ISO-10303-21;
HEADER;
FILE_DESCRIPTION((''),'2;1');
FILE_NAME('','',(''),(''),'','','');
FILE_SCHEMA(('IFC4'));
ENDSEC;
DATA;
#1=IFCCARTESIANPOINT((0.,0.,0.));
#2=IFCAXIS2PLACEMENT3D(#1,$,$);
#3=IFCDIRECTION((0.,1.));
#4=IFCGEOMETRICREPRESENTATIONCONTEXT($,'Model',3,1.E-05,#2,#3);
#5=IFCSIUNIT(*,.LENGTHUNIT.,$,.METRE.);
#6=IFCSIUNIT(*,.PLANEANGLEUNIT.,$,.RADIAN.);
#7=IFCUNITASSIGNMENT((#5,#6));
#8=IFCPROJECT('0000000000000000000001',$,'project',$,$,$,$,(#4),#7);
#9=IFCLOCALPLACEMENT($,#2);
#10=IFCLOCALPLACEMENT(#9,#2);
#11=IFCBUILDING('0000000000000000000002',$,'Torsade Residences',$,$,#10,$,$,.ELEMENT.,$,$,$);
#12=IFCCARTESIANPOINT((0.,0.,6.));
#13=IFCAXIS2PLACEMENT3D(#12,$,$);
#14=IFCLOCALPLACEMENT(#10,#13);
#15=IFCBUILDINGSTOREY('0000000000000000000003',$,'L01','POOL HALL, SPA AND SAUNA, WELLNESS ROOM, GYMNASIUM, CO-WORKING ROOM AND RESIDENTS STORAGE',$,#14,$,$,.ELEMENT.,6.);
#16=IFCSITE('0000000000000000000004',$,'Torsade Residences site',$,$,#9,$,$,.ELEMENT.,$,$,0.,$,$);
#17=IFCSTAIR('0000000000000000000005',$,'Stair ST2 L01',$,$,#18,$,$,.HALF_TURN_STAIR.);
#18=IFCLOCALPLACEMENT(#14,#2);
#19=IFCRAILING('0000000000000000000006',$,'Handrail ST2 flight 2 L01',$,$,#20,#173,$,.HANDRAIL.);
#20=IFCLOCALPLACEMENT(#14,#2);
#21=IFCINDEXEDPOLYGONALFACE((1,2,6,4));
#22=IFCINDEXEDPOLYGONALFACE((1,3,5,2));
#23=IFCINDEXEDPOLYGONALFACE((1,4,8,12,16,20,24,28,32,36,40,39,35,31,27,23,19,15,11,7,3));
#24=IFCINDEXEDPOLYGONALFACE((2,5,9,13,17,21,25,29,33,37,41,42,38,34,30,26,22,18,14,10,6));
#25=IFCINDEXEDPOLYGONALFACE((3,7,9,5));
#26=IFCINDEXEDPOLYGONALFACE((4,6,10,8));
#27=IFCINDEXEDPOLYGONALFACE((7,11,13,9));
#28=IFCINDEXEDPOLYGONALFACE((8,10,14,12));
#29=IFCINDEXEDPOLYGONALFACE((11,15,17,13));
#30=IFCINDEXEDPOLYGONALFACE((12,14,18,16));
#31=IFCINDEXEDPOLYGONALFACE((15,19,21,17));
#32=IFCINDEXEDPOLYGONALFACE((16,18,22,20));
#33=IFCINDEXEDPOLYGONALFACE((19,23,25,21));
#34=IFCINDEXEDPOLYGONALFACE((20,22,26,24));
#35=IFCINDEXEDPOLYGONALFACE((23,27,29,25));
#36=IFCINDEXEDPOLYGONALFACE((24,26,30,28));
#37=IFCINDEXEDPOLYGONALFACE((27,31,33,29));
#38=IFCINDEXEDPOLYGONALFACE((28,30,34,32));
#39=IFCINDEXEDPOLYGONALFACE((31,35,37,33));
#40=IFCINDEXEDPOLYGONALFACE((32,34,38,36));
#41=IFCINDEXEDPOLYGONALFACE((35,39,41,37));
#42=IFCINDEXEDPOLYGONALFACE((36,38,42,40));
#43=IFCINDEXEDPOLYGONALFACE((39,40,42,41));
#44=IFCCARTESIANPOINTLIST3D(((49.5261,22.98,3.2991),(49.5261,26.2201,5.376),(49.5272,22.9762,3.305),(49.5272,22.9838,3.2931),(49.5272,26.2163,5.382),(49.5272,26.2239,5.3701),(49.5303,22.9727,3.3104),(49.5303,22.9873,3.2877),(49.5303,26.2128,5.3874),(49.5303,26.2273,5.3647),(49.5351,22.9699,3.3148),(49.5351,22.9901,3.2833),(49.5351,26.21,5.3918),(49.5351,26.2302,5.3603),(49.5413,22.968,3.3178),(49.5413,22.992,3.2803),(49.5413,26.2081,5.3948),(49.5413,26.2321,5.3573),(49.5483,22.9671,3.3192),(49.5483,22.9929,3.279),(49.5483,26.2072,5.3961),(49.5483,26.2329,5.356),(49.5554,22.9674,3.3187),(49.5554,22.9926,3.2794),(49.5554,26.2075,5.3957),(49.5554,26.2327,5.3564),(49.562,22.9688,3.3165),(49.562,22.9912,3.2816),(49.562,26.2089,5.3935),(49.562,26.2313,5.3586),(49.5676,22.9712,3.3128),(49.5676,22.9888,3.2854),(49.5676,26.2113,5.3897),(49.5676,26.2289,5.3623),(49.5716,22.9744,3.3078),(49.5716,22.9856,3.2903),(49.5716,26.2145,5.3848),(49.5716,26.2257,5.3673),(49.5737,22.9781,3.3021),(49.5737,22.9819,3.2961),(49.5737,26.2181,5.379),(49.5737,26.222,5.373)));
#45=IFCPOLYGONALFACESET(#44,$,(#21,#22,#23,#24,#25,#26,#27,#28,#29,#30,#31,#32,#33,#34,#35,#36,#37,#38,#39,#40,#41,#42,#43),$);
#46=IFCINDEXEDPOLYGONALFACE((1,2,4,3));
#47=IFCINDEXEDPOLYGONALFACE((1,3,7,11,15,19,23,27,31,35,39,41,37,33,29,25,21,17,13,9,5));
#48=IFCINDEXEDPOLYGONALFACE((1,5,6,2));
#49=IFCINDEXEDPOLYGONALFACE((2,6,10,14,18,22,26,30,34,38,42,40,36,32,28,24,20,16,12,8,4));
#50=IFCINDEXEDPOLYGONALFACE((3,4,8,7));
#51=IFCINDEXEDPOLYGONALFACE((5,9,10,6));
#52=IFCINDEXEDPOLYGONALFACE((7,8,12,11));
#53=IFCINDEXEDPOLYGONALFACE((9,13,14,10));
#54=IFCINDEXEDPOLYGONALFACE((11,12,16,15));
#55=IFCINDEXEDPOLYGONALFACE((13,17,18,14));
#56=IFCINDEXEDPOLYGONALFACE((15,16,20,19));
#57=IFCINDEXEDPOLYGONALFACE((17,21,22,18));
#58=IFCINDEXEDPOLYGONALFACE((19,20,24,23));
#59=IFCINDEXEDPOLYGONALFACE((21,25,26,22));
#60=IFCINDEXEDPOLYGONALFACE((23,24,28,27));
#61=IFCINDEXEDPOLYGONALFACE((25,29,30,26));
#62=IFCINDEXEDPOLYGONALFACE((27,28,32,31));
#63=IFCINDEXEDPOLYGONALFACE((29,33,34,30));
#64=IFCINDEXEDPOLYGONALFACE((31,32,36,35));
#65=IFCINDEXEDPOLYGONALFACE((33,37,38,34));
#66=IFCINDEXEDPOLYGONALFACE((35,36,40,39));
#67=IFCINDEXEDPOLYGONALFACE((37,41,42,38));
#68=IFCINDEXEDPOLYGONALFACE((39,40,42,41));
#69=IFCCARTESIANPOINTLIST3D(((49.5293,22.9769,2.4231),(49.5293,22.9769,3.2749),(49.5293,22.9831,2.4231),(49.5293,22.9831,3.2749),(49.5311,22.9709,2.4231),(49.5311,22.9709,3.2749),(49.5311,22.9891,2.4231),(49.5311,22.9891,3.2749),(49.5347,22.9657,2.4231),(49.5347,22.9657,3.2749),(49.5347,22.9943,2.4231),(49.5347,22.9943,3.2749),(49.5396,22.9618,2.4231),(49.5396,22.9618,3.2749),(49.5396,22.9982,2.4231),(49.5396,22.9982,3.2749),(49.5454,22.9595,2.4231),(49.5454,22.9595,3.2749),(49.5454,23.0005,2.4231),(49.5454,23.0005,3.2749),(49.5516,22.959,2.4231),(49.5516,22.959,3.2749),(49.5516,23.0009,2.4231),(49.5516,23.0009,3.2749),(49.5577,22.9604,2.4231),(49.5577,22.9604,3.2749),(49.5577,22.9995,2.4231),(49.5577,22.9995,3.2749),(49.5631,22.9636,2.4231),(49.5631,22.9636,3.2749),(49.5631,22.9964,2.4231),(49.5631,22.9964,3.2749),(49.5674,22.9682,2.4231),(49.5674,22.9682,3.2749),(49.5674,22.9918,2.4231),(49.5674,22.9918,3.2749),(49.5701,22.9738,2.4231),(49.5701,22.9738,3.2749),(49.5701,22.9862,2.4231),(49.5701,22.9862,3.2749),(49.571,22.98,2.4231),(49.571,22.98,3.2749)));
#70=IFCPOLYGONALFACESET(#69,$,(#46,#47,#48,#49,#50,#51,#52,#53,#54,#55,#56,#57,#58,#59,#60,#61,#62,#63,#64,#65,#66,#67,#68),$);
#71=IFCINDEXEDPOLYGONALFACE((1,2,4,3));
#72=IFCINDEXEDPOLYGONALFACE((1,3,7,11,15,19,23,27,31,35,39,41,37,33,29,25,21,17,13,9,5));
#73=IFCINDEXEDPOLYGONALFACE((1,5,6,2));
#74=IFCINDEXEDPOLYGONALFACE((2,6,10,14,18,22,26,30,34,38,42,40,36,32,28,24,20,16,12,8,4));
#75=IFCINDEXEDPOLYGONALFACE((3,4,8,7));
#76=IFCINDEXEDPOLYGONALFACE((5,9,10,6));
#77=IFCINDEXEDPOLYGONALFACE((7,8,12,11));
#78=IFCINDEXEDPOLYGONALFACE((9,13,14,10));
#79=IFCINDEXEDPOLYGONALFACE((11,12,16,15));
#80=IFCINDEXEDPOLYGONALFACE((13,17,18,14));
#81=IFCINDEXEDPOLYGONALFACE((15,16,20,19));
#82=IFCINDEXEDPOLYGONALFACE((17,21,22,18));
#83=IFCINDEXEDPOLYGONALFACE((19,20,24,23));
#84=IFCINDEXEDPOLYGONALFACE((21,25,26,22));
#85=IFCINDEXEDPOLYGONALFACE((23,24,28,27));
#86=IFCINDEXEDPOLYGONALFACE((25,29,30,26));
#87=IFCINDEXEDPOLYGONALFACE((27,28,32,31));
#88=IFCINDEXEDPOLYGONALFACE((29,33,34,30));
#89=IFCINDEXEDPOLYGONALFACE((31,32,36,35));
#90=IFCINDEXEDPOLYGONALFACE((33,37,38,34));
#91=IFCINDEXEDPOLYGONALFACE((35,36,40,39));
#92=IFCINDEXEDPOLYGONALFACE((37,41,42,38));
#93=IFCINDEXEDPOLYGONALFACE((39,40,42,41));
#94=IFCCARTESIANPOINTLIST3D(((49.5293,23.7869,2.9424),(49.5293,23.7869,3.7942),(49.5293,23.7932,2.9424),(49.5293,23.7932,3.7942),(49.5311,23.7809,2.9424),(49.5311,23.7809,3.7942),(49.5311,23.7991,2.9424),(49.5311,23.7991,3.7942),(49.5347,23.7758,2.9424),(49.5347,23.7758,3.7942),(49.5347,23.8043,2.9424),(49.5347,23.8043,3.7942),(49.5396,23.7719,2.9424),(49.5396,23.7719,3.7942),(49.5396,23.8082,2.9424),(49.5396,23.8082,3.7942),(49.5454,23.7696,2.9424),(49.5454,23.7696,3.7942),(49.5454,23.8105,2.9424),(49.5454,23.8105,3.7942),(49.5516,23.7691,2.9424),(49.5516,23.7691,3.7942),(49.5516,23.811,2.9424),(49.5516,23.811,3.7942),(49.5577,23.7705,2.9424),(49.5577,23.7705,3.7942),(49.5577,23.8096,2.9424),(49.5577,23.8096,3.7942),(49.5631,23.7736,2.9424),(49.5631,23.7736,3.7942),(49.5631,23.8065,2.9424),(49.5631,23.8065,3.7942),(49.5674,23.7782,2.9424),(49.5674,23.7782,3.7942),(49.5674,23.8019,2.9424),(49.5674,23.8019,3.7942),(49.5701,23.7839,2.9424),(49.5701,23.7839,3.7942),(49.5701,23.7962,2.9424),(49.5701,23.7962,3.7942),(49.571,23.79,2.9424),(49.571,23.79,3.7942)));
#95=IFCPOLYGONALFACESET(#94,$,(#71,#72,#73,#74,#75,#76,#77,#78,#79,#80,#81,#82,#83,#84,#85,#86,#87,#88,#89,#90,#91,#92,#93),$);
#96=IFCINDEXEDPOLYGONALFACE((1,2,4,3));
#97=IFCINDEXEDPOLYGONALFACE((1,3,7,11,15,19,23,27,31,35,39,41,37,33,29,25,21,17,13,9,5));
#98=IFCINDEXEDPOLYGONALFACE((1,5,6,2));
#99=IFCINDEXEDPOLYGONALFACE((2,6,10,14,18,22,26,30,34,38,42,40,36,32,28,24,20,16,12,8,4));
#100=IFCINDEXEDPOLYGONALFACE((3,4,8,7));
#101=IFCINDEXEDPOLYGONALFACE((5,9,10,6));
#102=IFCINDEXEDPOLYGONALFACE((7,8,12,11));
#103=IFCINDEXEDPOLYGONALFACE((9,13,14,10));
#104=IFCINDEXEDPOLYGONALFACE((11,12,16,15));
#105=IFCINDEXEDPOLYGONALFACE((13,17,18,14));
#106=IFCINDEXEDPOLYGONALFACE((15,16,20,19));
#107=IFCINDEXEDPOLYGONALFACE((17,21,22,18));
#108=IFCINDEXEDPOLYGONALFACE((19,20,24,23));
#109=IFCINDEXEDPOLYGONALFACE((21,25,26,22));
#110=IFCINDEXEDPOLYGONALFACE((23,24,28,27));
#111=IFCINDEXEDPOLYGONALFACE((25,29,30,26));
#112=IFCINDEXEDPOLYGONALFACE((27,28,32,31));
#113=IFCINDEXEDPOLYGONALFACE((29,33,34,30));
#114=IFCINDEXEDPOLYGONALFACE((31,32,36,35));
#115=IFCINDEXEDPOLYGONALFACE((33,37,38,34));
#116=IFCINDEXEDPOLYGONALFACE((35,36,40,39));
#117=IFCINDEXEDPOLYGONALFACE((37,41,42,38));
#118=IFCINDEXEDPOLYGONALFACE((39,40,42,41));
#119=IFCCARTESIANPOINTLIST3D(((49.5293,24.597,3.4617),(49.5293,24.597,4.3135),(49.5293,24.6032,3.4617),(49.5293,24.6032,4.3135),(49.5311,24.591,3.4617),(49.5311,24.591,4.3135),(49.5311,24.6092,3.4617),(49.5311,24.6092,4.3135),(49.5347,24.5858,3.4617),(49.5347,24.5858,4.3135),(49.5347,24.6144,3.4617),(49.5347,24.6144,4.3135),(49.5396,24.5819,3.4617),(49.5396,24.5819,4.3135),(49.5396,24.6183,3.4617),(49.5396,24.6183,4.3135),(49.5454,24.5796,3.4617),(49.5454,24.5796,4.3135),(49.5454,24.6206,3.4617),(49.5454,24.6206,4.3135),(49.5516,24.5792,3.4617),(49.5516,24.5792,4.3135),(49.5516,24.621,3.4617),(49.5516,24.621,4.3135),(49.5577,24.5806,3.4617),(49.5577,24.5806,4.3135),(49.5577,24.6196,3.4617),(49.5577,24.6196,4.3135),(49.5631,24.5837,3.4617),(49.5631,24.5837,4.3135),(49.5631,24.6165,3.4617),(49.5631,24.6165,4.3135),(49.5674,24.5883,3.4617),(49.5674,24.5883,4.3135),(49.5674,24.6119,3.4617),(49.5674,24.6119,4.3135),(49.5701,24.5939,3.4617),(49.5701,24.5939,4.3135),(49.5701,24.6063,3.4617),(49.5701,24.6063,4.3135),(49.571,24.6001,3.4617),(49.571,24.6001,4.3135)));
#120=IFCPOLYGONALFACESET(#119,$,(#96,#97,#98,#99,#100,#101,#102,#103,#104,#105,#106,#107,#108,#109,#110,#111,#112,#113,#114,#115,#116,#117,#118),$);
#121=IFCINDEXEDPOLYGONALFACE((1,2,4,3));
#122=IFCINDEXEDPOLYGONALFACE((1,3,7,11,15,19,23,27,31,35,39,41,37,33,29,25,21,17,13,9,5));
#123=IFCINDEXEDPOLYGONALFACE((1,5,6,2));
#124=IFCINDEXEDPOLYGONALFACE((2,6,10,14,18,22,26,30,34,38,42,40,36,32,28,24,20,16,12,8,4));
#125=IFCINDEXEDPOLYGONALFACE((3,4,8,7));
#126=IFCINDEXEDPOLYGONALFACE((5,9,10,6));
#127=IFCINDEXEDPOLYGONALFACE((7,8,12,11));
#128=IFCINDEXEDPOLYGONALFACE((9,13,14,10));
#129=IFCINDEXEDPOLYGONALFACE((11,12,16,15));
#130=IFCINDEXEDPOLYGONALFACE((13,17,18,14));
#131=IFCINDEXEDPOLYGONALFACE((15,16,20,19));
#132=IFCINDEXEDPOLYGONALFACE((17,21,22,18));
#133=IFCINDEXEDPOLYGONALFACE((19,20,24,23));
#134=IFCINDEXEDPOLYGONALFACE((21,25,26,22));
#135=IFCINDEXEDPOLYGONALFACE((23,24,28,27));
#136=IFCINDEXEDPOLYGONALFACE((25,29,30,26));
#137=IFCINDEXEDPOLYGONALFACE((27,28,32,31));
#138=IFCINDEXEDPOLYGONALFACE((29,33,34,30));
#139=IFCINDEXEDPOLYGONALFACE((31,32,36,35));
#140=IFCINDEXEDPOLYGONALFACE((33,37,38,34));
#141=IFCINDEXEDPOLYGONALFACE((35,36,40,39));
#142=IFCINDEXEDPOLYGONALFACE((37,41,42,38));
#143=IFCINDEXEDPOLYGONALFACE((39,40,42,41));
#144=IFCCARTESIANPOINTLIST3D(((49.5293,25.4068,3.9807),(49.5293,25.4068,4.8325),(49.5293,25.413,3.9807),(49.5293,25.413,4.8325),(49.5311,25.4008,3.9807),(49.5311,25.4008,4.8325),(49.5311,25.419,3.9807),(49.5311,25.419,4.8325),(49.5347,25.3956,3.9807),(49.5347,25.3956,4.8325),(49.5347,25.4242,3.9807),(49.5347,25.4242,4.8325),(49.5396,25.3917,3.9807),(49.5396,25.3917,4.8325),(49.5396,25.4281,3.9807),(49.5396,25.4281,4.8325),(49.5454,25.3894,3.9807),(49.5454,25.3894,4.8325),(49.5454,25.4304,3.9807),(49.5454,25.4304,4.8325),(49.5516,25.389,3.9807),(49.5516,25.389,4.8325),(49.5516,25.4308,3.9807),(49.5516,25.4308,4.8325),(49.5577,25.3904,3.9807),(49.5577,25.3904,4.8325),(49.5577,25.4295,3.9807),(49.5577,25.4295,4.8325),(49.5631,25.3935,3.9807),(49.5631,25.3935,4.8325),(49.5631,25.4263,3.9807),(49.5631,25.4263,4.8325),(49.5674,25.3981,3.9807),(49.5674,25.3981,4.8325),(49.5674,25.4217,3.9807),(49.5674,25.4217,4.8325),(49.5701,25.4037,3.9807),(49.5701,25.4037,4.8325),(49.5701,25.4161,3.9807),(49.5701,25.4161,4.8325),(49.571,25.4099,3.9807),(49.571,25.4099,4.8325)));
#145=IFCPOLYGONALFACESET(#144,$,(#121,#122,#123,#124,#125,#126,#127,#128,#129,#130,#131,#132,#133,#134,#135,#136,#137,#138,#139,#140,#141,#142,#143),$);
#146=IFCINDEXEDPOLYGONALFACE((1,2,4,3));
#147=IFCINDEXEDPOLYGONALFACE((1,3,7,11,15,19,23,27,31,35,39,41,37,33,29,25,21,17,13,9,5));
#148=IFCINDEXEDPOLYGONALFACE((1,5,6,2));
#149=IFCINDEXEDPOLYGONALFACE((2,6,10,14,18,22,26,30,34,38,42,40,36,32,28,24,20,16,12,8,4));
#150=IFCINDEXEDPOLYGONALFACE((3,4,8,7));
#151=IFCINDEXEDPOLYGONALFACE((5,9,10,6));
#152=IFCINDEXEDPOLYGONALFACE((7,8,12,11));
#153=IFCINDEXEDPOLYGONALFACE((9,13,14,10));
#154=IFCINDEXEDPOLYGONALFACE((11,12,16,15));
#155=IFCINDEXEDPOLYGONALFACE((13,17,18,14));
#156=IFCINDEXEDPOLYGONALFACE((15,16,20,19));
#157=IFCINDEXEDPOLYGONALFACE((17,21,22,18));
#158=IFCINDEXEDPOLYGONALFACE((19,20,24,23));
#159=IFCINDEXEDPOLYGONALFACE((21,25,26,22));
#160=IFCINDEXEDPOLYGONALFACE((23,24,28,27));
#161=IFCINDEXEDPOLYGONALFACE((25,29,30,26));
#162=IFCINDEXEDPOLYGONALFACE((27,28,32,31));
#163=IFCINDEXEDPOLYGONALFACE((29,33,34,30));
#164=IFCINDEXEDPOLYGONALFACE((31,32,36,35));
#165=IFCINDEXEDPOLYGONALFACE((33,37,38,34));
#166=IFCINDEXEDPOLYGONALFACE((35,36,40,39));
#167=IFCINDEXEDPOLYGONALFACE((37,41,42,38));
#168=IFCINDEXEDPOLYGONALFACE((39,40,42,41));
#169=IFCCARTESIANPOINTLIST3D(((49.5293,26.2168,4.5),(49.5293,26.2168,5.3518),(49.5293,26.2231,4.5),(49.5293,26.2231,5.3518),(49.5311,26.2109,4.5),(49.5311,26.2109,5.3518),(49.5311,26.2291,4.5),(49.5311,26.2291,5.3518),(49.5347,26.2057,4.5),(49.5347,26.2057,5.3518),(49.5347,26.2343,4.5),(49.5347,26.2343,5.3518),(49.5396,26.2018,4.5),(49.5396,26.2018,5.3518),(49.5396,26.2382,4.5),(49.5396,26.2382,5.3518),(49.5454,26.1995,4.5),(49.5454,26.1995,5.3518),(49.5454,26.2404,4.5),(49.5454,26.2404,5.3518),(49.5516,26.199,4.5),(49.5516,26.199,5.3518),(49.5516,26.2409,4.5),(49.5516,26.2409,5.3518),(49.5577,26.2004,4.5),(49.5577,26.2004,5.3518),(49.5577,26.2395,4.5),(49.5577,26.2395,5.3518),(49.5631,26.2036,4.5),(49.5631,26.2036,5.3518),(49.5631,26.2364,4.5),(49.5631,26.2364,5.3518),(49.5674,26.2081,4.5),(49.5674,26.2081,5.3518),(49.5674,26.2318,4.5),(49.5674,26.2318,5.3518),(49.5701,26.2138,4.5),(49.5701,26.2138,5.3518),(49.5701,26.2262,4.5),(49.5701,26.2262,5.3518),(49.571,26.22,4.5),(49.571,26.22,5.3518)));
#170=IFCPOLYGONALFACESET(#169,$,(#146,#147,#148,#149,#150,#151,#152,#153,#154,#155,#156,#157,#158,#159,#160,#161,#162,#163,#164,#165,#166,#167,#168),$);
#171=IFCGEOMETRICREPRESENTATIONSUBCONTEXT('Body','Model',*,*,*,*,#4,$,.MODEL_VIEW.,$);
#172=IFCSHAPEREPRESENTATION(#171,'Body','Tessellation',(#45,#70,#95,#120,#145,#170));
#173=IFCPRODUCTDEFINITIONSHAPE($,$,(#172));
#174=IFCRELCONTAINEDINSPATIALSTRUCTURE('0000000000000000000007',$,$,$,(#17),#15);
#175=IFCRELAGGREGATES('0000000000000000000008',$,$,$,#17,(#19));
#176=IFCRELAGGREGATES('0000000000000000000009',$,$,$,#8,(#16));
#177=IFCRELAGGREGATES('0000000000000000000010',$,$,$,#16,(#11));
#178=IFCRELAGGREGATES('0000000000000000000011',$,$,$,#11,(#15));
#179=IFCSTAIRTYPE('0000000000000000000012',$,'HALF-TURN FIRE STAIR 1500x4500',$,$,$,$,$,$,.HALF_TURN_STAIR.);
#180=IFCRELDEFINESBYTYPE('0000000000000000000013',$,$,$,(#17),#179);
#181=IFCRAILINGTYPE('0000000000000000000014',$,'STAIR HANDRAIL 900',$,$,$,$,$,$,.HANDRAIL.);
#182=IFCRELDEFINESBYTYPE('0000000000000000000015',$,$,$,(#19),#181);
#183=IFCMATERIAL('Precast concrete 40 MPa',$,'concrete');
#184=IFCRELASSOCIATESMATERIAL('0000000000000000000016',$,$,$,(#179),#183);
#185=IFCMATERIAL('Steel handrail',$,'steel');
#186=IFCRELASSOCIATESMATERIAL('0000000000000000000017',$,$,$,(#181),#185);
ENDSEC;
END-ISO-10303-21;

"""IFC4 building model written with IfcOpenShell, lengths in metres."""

from ifc_helpers import new_model, si_unit, direction, frame, origin, origin_2d, place, context, subcontext, project, spatial, circle, extrude, material, type_object, element, aggregate, save


model = new_model("IFC4")

# Units and contexts
model_context = context("Model", 3, precision=1e-05, world=origin(), true_north=direction((0.0, 1.0)))
body_context = subcontext(model_context, "Body", "Model", "MODEL_VIEW")
ifc_project = project(units=[si_unit("LENGTHUNIT", "METRE"), si_unit("PLANEANGLEUNIT", "RADIAN")], contexts=[model_context])

# Site, building, storey
site_placement = place(None, origin())
site = spatial("IfcSite", under=ifc_project, at=site_placement, Name="Torsade Residences site", CompositionType="ELEMENT", RefElevation=0.0)
building_placement = place(site_placement, origin())
building = spatial("IfcBuilding", under=site, at=building_placement, Name="Torsade Residences", CompositionType="ELEMENT")
storey_placement = place(building_placement, frame((0.0, 0.0, 6.0)))
storey = spatial("IfcBuildingStorey", under=building, at=storey_placement, Name="L01", Description="POOL HALL, SPA AND SAUNA, WELLNESS ROOM, GYMNASIUM, CO-WORKING ROOM AND RESIDENTS STORAGE", CompositionType="ELEMENT", Elevation=6.0)

# Stair, railing
ifc_material_1 = material(Name="Precast concrete 40 MPa", Category="concrete")
stair_type = type_object("IfcStairType", Name="HALF-TURN FIRE STAIR 1500x4500", PredefinedType="HALF_TURN_STAIR", material=ifc_material_1)
stair_placement = place(storey_placement, origin())
stair = element("IfcStair", 1, at=stair_placement, inside=storey, type_object=stair_type, Name="Stair ST2 L01", PredefinedType="HALF_TURN_STAIR")
ifc_material_2 = material(Name="Steel handrail", Category="steel")
railing_type = type_object("IfcRailingType", Name="STAIR HANDRAIL 900", PredefinedType="HANDRAIL", material=ifc_material_2)
railing_1_placement = place(storey_placement, frame((49.55, 22.98, 2.4231)))
railing_1 = element("IfcRailing", 2, at=railing_1_placement, type_object=railing_type, Name="Handrail ST2 flight 2 L01", PredefinedType="HANDRAIL", context=body_context, shape_type="SweptSolid", body=[
    extrude(circle(Radius=0.0239, at=origin_2d()), frame((0.0, 0.0, 0.876), z_axis=(0.0, 0.841881, 0.539664), x_axis=(-1.0, 0.0, 0.0)), (0.0, 0.0, 1.0), 3.8486),
    extrude(circle(Radius=0.021, at=origin_2d()), origin(), (0.0, 0.0, 1.0), 0.8518),
    extrude(circle(Radius=0.021, at=origin_2d()), frame((0.0, 0.8101, 0.5193)), (0.0, 0.0, 1.0), 0.8518),
    extrude(circle(Radius=0.021, at=origin_2d()), frame((0.0, 1.6201, 1.0386)), (0.0, 0.0, 1.0), 0.8518),
    extrude(circle(Radius=0.021, at=origin_2d()), frame((0.0, 2.4299, 1.5576)), (0.0, 0.0, 1.0), 0.8518),
    extrude(circle(Radius=0.021, at=origin_2d()), frame((0.0, 3.24, 2.0769)), (0.0, 0.0, 1.0), 0.8518),
])
aggregate(stair, [railing_1])

save(model, "model.ifc")
